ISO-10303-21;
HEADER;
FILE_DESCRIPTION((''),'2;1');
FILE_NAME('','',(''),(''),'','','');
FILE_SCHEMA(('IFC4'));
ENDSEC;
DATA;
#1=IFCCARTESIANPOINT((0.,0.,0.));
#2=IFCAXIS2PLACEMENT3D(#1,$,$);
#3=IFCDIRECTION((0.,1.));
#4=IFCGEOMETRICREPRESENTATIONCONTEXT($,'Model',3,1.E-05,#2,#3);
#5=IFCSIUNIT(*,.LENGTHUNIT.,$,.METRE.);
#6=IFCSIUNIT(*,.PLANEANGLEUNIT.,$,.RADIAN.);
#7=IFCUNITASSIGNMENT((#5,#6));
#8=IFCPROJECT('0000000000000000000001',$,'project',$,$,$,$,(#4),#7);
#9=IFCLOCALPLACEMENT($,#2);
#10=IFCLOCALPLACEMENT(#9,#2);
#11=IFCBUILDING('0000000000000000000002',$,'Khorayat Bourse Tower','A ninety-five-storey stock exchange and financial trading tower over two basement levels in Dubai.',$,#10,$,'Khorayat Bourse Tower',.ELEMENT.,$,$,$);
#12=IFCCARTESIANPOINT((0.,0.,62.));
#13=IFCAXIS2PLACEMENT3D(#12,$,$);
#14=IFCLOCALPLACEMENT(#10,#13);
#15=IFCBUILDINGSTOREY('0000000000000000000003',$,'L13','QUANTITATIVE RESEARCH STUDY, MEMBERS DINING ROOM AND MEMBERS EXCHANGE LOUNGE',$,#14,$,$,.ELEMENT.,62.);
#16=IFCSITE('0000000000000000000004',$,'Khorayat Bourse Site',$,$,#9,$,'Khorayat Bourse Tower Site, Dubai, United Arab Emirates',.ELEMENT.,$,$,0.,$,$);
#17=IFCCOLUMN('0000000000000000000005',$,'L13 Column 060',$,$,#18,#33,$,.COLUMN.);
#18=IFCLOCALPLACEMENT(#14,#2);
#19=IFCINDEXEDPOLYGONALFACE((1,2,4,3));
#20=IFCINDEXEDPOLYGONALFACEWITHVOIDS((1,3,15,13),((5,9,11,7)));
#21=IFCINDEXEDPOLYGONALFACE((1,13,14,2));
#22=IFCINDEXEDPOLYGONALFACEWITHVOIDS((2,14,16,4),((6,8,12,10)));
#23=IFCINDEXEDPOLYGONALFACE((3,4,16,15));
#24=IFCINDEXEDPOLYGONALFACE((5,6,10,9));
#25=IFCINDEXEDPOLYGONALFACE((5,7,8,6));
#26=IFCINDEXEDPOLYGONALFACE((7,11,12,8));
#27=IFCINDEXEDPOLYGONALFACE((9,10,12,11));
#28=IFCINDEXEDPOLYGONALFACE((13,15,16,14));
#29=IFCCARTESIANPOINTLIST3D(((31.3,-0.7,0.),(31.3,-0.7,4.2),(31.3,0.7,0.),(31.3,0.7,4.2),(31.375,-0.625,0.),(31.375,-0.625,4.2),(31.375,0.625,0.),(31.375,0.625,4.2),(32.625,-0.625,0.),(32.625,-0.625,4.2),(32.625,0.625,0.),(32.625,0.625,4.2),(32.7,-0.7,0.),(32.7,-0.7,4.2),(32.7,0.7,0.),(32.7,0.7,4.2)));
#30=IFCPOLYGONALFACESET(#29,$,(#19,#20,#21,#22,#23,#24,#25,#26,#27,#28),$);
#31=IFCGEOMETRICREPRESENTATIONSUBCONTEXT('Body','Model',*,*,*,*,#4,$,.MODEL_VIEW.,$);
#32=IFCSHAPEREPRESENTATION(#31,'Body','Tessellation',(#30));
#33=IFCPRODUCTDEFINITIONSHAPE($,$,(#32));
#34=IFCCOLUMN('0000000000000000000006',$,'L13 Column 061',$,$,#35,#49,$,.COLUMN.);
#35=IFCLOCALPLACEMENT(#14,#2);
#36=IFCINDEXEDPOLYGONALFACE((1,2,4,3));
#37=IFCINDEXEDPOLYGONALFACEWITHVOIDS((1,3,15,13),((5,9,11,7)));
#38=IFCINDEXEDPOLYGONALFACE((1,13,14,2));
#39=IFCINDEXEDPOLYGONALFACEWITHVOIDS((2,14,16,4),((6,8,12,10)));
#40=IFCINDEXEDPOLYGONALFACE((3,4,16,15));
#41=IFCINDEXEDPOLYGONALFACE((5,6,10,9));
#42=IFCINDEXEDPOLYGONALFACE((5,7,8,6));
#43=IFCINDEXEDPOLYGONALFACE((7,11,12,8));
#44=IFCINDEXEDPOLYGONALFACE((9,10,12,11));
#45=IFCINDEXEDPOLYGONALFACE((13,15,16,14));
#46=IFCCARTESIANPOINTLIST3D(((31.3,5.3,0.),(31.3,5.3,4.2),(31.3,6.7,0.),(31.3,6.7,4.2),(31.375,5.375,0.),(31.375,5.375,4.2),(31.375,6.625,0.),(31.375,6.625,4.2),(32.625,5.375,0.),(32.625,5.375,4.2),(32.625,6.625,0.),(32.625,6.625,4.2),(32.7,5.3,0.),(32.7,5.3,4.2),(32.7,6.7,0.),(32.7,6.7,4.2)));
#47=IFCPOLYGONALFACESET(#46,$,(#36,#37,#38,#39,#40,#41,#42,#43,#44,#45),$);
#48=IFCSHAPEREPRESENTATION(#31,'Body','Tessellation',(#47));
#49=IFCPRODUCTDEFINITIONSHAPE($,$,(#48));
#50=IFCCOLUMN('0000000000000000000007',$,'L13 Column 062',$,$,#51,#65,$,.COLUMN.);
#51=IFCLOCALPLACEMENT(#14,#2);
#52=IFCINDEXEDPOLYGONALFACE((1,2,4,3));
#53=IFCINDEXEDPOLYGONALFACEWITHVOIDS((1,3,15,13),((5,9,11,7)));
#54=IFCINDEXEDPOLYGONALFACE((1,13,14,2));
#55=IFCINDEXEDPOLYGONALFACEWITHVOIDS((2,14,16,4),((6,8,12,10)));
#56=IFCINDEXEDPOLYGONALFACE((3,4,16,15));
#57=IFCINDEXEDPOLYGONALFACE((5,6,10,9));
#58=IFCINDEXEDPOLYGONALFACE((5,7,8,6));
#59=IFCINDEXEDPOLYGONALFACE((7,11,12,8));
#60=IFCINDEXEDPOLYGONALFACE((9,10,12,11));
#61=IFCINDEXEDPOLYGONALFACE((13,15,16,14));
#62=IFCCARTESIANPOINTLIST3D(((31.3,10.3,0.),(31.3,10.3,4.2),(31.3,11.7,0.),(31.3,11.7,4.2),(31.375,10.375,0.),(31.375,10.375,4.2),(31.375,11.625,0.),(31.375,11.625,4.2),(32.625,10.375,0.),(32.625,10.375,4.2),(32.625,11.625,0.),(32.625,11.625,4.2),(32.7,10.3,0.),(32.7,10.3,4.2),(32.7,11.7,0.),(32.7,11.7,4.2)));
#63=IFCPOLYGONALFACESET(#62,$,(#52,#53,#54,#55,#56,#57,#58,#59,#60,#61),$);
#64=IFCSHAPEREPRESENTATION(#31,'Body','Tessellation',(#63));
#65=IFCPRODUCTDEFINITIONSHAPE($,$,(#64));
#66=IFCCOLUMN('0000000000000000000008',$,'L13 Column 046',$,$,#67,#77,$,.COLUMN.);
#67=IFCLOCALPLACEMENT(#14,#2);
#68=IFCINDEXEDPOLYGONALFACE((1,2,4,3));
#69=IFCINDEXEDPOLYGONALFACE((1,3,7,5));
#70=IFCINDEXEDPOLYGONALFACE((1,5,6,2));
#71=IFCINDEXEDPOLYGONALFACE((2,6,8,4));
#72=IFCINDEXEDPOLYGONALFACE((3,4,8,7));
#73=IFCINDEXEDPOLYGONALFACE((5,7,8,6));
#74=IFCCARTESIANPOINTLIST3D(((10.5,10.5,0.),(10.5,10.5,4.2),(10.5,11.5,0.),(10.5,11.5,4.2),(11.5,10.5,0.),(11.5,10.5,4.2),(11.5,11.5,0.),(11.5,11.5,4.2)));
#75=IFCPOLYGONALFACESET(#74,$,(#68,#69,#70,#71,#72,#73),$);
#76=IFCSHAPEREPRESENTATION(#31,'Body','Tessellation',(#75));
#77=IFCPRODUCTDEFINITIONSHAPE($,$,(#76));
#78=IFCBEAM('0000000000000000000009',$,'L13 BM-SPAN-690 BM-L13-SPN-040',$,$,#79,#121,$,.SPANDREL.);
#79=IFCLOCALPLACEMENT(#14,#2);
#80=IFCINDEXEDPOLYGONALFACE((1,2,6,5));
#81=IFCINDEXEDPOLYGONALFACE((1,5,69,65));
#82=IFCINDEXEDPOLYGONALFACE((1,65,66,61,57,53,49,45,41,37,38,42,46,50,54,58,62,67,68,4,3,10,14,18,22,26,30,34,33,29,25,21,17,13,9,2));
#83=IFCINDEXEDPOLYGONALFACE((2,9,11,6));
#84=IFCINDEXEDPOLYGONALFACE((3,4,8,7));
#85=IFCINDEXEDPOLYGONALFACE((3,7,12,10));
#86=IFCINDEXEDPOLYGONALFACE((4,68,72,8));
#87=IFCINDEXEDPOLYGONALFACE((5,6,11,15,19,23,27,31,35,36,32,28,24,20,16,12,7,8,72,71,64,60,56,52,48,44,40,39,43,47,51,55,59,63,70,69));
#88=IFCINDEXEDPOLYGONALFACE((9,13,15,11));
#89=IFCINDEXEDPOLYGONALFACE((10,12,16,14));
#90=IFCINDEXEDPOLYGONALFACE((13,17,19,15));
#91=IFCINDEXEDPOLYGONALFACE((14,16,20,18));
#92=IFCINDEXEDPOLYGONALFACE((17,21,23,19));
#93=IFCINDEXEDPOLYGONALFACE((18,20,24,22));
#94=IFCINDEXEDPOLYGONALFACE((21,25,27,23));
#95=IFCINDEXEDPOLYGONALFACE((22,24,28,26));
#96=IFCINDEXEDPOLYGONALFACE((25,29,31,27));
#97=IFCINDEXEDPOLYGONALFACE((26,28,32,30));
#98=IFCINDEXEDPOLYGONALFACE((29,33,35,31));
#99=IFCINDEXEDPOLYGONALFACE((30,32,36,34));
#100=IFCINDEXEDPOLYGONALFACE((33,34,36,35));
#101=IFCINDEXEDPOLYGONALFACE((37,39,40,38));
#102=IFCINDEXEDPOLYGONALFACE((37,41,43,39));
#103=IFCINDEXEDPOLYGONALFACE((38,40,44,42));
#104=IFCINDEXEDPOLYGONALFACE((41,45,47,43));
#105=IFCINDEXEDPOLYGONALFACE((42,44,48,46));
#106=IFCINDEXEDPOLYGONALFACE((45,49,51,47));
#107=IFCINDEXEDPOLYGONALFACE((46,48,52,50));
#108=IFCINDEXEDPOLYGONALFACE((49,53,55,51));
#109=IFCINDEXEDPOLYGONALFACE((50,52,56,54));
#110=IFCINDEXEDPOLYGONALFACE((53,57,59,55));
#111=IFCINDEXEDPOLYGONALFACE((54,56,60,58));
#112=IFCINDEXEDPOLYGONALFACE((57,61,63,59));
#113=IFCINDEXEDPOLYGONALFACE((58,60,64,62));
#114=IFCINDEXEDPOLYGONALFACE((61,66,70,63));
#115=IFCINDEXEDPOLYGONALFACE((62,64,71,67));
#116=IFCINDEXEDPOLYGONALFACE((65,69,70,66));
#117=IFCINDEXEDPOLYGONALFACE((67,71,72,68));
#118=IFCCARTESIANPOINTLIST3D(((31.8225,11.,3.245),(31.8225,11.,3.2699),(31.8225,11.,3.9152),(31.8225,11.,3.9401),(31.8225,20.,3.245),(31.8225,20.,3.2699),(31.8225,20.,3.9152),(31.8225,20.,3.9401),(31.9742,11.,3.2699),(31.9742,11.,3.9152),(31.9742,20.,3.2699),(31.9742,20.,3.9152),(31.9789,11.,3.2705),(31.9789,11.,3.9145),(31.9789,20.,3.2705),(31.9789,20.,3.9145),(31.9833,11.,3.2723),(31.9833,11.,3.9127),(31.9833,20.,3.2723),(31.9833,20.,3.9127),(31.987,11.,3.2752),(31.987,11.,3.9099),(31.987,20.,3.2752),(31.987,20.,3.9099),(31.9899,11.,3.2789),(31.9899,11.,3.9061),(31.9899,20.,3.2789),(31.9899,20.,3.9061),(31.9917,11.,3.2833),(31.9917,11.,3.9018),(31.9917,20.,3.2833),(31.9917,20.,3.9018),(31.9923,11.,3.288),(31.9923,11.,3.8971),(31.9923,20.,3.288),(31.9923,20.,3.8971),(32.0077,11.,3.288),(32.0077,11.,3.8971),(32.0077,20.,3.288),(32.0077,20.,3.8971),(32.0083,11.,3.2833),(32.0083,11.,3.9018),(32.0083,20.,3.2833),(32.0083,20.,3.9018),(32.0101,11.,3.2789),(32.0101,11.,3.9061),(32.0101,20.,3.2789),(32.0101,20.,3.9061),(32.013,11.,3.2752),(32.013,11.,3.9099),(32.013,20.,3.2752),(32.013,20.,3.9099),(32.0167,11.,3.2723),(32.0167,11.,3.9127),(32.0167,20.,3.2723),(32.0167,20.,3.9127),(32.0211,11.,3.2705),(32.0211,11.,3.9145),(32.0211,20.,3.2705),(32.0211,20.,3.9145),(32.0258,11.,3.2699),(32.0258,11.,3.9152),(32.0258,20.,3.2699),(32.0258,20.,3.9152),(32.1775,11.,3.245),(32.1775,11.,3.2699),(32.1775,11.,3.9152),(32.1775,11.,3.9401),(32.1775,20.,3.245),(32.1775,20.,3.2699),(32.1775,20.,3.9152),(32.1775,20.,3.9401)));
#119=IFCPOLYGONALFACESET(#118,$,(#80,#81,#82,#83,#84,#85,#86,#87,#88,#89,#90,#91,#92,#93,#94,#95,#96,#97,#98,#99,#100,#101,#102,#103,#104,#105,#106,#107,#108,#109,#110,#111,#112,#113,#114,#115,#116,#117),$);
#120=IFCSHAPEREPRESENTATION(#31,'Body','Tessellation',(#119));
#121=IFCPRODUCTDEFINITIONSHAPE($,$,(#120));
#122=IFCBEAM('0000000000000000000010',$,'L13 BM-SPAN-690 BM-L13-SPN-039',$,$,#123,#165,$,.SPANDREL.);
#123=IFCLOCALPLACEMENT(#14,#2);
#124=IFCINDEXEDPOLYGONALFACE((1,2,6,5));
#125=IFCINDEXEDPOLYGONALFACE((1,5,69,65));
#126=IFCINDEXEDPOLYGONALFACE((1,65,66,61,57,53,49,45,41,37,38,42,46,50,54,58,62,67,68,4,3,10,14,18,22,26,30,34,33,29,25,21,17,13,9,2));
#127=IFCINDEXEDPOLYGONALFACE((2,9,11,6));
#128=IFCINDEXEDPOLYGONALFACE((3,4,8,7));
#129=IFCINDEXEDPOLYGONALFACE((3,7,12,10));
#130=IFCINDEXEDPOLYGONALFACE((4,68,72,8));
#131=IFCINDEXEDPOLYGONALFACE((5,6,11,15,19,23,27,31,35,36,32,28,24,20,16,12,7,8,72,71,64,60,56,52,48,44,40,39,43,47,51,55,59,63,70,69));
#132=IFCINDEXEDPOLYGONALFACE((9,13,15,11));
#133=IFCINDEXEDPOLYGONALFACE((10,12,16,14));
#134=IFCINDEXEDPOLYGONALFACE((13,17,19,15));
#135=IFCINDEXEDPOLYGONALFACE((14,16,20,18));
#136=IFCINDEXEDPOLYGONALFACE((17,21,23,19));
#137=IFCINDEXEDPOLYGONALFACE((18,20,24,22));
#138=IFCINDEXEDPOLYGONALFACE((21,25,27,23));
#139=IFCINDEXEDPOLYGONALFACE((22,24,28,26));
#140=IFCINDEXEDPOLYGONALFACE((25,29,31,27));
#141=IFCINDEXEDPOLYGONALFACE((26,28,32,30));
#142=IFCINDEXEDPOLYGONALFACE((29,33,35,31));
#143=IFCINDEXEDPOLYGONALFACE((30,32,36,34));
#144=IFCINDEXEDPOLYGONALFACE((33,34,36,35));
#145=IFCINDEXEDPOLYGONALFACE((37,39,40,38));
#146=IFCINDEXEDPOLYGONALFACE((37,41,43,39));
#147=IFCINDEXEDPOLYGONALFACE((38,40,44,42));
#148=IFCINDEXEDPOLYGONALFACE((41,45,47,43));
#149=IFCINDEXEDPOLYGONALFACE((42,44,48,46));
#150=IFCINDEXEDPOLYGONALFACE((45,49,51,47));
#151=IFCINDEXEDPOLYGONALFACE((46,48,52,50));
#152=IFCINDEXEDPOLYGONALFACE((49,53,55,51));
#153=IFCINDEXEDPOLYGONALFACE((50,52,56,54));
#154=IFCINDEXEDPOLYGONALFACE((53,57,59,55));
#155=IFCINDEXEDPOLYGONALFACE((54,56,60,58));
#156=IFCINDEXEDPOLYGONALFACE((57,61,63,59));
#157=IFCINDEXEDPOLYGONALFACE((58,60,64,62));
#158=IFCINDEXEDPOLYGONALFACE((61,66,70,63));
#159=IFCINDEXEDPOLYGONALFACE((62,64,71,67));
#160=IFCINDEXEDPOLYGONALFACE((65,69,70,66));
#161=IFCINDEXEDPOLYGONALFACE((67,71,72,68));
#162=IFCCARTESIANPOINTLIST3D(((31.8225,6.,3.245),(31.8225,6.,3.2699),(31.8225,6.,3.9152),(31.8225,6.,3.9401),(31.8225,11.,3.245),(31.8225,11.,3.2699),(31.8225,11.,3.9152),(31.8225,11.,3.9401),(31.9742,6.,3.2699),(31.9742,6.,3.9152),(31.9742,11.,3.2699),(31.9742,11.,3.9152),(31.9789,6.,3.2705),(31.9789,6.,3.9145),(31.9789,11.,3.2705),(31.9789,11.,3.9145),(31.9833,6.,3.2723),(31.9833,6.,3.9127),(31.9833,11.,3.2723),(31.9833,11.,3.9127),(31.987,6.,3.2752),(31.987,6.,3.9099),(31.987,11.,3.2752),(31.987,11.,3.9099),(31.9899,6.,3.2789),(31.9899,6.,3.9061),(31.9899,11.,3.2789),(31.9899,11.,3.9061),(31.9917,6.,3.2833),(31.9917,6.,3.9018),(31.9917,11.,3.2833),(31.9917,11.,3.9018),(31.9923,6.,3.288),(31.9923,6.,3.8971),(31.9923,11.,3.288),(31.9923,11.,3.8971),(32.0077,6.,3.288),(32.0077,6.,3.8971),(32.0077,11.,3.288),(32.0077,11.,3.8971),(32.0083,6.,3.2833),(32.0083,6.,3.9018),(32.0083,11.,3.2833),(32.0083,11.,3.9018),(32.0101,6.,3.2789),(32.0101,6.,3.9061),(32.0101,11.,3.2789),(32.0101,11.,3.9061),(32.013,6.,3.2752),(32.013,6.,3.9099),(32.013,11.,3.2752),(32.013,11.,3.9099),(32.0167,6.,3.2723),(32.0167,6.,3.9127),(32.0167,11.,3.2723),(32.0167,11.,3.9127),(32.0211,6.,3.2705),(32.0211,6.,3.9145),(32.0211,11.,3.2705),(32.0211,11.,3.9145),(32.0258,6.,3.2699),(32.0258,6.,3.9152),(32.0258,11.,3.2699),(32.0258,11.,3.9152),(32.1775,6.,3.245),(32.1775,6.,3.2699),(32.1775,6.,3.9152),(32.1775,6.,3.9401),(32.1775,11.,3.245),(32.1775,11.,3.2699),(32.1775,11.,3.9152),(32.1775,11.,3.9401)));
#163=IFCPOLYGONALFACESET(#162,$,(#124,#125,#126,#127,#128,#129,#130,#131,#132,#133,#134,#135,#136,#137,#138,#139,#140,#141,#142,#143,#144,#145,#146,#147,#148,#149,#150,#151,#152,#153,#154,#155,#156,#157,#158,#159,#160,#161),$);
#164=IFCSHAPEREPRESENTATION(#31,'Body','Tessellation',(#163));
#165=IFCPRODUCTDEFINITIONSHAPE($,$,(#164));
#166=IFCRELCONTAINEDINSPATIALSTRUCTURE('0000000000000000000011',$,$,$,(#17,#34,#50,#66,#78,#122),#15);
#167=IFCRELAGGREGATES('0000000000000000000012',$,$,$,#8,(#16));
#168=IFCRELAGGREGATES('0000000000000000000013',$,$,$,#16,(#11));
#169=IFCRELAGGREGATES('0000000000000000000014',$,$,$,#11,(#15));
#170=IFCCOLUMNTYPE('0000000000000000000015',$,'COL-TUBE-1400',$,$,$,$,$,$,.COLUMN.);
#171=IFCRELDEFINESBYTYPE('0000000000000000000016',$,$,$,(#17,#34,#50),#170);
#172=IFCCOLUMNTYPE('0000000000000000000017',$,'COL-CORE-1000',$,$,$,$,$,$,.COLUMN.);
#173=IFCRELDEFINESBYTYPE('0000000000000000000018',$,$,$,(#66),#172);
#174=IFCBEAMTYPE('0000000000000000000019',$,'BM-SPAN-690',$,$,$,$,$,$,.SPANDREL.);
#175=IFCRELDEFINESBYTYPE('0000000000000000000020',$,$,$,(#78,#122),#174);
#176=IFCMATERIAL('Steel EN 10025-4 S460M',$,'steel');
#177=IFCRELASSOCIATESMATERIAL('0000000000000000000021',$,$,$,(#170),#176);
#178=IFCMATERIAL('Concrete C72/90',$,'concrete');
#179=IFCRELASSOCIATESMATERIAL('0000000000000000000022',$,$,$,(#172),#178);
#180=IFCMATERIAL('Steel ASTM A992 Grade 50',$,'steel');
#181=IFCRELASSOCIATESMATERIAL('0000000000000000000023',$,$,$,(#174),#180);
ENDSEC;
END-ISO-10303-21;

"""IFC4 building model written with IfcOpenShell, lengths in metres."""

from ifc_helpers import new_model, si_unit, direction, frame, origin, origin_2d, place, context, subcontext, project, spatial, rectangle, hollow_rectangle, i_section, extrude, source, transform, mapped, material, material_profile, profile_set, type_object, element, save


model = new_model("IFC4")

# Units and contexts
model_context = context("Model", 3, precision=1e-05, world=origin(), true_north=direction((0.0, 1.0)))
body_context = subcontext(model_context, "Body", "Model", "MODEL_VIEW")
ifc_project = project(units=[si_unit("LENGTHUNIT", "METRE"), si_unit("PLANEANGLEUNIT", "RADIAN")], contexts=[model_context])

# Site, building, storey
site_placement = place(None, origin())
site = spatial("IfcSite", under=ifc_project, at=site_placement, Name="Khorayat Bourse Site", LongName="Khorayat Bourse Tower Site, Dubai, United Arab Emirates", CompositionType="ELEMENT", RefElevation=0.0)
building_placement = place(site_placement, origin())
building = spatial("IfcBuilding", under=site, at=building_placement, Name="Khorayat Bourse Tower", Description="A ninety-five-storey stock exchange and financial trading tower over two basement levels in Dubai.", LongName="Khorayat Bourse Tower", CompositionType="ELEMENT")
storey_placement = place(building_placement, frame((0.0, 0.0, 62.0)))
storey = spatial("IfcBuildingStorey", under=building, at=storey_placement, Name="L13", Description="QUANTITATIVE RESEARCH STUDY, MEMBERS DINING ROOM AND MEMBERS EXCHANGE LOUNGE", CompositionType="ELEMENT", Elevation=62.0)

# Columns
ifc_material_1 = material(Name="Steel EN 10025-4 S460M", Category="steel")
ifc_material_profile_1 = material_profile(ifc_material_1, hollow_rectangle(XDim=1.3999, YDim=1.3999, WallThickness=0.075, at=origin_2d()), Name="BOX 1400x1400x75")
ifc_profile_set_1 = profile_set([ifc_material_profile_1], Name="Steel EN 10025-4 S460M")
column_type_1 = type_object("IfcColumnType", Name="COL-TUBE-1400", PredefinedType="COLUMN", material=ifc_profile_set_1)
shared_shape_1 = source(origin(), body_context, "Body", "SweptSolid", [
    extrude(hollow_rectangle(XDim=1.3999, YDim=1.3999, WallThickness=0.075, at=origin_2d()), origin(), (0.0, 0.0, 1.0), 4.2),
])
for number, where, z_axis, x_axis, name in (
    (1, (32.0, 0.0, 0.0), (0.0, 0.0, 1.0), (1.0, 0.0, 0.0), "L13 Column 060"),
    (2, (32.0, 6.0, 0.0), (0.0, 0.0, 1.0), (1.0, 0.0, 0.0), "L13 Column 061"),
    (3, (32.0, 11.0, 0.0), (0.0, 0.0, 1.0), (1.0, 0.0, 0.0), "L13 Column 062"),
):
    element("IfcColumn", number, at=place(storey_placement, frame(where, z_axis=z_axis, x_axis=x_axis)), inside=storey, type_object=column_type_1, Name=name, PredefinedType="COLUMN", context=body_context, shape_type="MappedRepresentation", body=[
        mapped(shared_shape_1, transform((0.0, 0.0, 0.0), scale=1.0)),
    ])
ifc_material_2 = material(Name="Concrete C72/90", Category="concrete")
ifc_material_profile_2 = material_profile(ifc_material_2, rectangle(XDim=1.0, YDim=1.0, at=origin_2d()), Name="RC 1000x1000")
ifc_profile_set_2 = profile_set([ifc_material_profile_2], Name="Concrete C72/90")
column_type_2 = type_object("IfcColumnType", Name="COL-CORE-1000", PredefinedType="COLUMN", material=ifc_profile_set_2)
shared_shape_2 = source(origin(), body_context, "Body", "SweptSolid", [
    extrude(rectangle(XDim=1.0, YDim=1.0, at=origin_2d()), origin(), (0.0, 0.0, 1.0), 4.2),
])
column_placement = place(storey_placement, frame((11.0, 11.0, 0.0), z_axis=(0.0, 0.0, 1.0), x_axis=(1.0, 0.0, 0.0)))
element("IfcColumn", 4, at=column_placement, inside=storey, type_object=column_type_2, Name="L13 Column 046", PredefinedType="COLUMN", context=body_context, shape_type="MappedRepresentation", body=[
    mapped(shared_shape_2, transform((0.0, 0.0, 0.0), scale=1.0)),
])

# Beams
ifc_material_3 = material(Name="Steel ASTM A992 Grade 50", Category="steel")
ifc_material_profile_3 = material_profile(ifc_material_3, i_section(OverallWidth=0.355, OverallDepth=0.6951, WebThickness=0.0154, FlangeThickness=0.0249, FilletRadius=0.0181, at=origin_2d()), Name="W690X217")
ifc_profile_set_3 = profile_set([ifc_material_profile_3], Name="Steel ASTM A992 Grade 50")
beam_type_1 = type_object("IfcBeamType", Name="BM-SPAN-690", PredefinedType="SPANDREL", material=ifc_profile_set_3)
shared_shape_3 = source(origin(), body_context, "Body", "SweptSolid", [
    extrude(i_section(OverallWidth=0.355, OverallDepth=0.6951, WebThickness=0.0154, FlangeThickness=0.0249, FilletRadius=0.0181, at=origin_2d()), origin(), (0.0, 0.0, 1.0), 9.0),
])
beam_1_placement = place(storey_placement, frame((32.0, 11.0, 3.5925), z_axis=(0.0, 1.0, 0.0), x_axis=(-1.0, 0.0, 0.0)))
element("IfcBeam", 5, at=beam_1_placement, inside=storey, type_object=beam_type_1, Name="L13 BM-SPAN-690 BM-L13-SPN-040", PredefinedType="SPANDREL", context=body_context, shape_type="MappedRepresentation", body=[
    mapped(shared_shape_3, transform((0.0, 0.0, 0.0), scale=1.0)),
])
shared_shape_4 = source(origin(), body_context, "Body", "SweptSolid", [
    extrude(i_section(OverallWidth=0.355, OverallDepth=0.6951, WebThickness=0.0154, FlangeThickness=0.0249, FilletRadius=0.0181, at=origin_2d()), origin(), (0.0, 0.0, 1.0), 5.0),
])
beam_2_placement = place(storey_placement, frame((32.0, 6.0, 3.5925), z_axis=(0.0, 1.0, 0.0), x_axis=(-1.0, 0.0, 0.0)))
element("IfcBeam", 6, at=beam_2_placement, inside=storey, type_object=beam_type_1, Name="L13 BM-SPAN-690 BM-L13-SPN-039", PredefinedType="SPANDREL", context=body_context, shape_type="MappedRepresentation", body=[
    mapped(shared_shape_4, transform((0.0, 0.0, 0.0), scale=1.0)),
])

save(model, "model.ifc")
